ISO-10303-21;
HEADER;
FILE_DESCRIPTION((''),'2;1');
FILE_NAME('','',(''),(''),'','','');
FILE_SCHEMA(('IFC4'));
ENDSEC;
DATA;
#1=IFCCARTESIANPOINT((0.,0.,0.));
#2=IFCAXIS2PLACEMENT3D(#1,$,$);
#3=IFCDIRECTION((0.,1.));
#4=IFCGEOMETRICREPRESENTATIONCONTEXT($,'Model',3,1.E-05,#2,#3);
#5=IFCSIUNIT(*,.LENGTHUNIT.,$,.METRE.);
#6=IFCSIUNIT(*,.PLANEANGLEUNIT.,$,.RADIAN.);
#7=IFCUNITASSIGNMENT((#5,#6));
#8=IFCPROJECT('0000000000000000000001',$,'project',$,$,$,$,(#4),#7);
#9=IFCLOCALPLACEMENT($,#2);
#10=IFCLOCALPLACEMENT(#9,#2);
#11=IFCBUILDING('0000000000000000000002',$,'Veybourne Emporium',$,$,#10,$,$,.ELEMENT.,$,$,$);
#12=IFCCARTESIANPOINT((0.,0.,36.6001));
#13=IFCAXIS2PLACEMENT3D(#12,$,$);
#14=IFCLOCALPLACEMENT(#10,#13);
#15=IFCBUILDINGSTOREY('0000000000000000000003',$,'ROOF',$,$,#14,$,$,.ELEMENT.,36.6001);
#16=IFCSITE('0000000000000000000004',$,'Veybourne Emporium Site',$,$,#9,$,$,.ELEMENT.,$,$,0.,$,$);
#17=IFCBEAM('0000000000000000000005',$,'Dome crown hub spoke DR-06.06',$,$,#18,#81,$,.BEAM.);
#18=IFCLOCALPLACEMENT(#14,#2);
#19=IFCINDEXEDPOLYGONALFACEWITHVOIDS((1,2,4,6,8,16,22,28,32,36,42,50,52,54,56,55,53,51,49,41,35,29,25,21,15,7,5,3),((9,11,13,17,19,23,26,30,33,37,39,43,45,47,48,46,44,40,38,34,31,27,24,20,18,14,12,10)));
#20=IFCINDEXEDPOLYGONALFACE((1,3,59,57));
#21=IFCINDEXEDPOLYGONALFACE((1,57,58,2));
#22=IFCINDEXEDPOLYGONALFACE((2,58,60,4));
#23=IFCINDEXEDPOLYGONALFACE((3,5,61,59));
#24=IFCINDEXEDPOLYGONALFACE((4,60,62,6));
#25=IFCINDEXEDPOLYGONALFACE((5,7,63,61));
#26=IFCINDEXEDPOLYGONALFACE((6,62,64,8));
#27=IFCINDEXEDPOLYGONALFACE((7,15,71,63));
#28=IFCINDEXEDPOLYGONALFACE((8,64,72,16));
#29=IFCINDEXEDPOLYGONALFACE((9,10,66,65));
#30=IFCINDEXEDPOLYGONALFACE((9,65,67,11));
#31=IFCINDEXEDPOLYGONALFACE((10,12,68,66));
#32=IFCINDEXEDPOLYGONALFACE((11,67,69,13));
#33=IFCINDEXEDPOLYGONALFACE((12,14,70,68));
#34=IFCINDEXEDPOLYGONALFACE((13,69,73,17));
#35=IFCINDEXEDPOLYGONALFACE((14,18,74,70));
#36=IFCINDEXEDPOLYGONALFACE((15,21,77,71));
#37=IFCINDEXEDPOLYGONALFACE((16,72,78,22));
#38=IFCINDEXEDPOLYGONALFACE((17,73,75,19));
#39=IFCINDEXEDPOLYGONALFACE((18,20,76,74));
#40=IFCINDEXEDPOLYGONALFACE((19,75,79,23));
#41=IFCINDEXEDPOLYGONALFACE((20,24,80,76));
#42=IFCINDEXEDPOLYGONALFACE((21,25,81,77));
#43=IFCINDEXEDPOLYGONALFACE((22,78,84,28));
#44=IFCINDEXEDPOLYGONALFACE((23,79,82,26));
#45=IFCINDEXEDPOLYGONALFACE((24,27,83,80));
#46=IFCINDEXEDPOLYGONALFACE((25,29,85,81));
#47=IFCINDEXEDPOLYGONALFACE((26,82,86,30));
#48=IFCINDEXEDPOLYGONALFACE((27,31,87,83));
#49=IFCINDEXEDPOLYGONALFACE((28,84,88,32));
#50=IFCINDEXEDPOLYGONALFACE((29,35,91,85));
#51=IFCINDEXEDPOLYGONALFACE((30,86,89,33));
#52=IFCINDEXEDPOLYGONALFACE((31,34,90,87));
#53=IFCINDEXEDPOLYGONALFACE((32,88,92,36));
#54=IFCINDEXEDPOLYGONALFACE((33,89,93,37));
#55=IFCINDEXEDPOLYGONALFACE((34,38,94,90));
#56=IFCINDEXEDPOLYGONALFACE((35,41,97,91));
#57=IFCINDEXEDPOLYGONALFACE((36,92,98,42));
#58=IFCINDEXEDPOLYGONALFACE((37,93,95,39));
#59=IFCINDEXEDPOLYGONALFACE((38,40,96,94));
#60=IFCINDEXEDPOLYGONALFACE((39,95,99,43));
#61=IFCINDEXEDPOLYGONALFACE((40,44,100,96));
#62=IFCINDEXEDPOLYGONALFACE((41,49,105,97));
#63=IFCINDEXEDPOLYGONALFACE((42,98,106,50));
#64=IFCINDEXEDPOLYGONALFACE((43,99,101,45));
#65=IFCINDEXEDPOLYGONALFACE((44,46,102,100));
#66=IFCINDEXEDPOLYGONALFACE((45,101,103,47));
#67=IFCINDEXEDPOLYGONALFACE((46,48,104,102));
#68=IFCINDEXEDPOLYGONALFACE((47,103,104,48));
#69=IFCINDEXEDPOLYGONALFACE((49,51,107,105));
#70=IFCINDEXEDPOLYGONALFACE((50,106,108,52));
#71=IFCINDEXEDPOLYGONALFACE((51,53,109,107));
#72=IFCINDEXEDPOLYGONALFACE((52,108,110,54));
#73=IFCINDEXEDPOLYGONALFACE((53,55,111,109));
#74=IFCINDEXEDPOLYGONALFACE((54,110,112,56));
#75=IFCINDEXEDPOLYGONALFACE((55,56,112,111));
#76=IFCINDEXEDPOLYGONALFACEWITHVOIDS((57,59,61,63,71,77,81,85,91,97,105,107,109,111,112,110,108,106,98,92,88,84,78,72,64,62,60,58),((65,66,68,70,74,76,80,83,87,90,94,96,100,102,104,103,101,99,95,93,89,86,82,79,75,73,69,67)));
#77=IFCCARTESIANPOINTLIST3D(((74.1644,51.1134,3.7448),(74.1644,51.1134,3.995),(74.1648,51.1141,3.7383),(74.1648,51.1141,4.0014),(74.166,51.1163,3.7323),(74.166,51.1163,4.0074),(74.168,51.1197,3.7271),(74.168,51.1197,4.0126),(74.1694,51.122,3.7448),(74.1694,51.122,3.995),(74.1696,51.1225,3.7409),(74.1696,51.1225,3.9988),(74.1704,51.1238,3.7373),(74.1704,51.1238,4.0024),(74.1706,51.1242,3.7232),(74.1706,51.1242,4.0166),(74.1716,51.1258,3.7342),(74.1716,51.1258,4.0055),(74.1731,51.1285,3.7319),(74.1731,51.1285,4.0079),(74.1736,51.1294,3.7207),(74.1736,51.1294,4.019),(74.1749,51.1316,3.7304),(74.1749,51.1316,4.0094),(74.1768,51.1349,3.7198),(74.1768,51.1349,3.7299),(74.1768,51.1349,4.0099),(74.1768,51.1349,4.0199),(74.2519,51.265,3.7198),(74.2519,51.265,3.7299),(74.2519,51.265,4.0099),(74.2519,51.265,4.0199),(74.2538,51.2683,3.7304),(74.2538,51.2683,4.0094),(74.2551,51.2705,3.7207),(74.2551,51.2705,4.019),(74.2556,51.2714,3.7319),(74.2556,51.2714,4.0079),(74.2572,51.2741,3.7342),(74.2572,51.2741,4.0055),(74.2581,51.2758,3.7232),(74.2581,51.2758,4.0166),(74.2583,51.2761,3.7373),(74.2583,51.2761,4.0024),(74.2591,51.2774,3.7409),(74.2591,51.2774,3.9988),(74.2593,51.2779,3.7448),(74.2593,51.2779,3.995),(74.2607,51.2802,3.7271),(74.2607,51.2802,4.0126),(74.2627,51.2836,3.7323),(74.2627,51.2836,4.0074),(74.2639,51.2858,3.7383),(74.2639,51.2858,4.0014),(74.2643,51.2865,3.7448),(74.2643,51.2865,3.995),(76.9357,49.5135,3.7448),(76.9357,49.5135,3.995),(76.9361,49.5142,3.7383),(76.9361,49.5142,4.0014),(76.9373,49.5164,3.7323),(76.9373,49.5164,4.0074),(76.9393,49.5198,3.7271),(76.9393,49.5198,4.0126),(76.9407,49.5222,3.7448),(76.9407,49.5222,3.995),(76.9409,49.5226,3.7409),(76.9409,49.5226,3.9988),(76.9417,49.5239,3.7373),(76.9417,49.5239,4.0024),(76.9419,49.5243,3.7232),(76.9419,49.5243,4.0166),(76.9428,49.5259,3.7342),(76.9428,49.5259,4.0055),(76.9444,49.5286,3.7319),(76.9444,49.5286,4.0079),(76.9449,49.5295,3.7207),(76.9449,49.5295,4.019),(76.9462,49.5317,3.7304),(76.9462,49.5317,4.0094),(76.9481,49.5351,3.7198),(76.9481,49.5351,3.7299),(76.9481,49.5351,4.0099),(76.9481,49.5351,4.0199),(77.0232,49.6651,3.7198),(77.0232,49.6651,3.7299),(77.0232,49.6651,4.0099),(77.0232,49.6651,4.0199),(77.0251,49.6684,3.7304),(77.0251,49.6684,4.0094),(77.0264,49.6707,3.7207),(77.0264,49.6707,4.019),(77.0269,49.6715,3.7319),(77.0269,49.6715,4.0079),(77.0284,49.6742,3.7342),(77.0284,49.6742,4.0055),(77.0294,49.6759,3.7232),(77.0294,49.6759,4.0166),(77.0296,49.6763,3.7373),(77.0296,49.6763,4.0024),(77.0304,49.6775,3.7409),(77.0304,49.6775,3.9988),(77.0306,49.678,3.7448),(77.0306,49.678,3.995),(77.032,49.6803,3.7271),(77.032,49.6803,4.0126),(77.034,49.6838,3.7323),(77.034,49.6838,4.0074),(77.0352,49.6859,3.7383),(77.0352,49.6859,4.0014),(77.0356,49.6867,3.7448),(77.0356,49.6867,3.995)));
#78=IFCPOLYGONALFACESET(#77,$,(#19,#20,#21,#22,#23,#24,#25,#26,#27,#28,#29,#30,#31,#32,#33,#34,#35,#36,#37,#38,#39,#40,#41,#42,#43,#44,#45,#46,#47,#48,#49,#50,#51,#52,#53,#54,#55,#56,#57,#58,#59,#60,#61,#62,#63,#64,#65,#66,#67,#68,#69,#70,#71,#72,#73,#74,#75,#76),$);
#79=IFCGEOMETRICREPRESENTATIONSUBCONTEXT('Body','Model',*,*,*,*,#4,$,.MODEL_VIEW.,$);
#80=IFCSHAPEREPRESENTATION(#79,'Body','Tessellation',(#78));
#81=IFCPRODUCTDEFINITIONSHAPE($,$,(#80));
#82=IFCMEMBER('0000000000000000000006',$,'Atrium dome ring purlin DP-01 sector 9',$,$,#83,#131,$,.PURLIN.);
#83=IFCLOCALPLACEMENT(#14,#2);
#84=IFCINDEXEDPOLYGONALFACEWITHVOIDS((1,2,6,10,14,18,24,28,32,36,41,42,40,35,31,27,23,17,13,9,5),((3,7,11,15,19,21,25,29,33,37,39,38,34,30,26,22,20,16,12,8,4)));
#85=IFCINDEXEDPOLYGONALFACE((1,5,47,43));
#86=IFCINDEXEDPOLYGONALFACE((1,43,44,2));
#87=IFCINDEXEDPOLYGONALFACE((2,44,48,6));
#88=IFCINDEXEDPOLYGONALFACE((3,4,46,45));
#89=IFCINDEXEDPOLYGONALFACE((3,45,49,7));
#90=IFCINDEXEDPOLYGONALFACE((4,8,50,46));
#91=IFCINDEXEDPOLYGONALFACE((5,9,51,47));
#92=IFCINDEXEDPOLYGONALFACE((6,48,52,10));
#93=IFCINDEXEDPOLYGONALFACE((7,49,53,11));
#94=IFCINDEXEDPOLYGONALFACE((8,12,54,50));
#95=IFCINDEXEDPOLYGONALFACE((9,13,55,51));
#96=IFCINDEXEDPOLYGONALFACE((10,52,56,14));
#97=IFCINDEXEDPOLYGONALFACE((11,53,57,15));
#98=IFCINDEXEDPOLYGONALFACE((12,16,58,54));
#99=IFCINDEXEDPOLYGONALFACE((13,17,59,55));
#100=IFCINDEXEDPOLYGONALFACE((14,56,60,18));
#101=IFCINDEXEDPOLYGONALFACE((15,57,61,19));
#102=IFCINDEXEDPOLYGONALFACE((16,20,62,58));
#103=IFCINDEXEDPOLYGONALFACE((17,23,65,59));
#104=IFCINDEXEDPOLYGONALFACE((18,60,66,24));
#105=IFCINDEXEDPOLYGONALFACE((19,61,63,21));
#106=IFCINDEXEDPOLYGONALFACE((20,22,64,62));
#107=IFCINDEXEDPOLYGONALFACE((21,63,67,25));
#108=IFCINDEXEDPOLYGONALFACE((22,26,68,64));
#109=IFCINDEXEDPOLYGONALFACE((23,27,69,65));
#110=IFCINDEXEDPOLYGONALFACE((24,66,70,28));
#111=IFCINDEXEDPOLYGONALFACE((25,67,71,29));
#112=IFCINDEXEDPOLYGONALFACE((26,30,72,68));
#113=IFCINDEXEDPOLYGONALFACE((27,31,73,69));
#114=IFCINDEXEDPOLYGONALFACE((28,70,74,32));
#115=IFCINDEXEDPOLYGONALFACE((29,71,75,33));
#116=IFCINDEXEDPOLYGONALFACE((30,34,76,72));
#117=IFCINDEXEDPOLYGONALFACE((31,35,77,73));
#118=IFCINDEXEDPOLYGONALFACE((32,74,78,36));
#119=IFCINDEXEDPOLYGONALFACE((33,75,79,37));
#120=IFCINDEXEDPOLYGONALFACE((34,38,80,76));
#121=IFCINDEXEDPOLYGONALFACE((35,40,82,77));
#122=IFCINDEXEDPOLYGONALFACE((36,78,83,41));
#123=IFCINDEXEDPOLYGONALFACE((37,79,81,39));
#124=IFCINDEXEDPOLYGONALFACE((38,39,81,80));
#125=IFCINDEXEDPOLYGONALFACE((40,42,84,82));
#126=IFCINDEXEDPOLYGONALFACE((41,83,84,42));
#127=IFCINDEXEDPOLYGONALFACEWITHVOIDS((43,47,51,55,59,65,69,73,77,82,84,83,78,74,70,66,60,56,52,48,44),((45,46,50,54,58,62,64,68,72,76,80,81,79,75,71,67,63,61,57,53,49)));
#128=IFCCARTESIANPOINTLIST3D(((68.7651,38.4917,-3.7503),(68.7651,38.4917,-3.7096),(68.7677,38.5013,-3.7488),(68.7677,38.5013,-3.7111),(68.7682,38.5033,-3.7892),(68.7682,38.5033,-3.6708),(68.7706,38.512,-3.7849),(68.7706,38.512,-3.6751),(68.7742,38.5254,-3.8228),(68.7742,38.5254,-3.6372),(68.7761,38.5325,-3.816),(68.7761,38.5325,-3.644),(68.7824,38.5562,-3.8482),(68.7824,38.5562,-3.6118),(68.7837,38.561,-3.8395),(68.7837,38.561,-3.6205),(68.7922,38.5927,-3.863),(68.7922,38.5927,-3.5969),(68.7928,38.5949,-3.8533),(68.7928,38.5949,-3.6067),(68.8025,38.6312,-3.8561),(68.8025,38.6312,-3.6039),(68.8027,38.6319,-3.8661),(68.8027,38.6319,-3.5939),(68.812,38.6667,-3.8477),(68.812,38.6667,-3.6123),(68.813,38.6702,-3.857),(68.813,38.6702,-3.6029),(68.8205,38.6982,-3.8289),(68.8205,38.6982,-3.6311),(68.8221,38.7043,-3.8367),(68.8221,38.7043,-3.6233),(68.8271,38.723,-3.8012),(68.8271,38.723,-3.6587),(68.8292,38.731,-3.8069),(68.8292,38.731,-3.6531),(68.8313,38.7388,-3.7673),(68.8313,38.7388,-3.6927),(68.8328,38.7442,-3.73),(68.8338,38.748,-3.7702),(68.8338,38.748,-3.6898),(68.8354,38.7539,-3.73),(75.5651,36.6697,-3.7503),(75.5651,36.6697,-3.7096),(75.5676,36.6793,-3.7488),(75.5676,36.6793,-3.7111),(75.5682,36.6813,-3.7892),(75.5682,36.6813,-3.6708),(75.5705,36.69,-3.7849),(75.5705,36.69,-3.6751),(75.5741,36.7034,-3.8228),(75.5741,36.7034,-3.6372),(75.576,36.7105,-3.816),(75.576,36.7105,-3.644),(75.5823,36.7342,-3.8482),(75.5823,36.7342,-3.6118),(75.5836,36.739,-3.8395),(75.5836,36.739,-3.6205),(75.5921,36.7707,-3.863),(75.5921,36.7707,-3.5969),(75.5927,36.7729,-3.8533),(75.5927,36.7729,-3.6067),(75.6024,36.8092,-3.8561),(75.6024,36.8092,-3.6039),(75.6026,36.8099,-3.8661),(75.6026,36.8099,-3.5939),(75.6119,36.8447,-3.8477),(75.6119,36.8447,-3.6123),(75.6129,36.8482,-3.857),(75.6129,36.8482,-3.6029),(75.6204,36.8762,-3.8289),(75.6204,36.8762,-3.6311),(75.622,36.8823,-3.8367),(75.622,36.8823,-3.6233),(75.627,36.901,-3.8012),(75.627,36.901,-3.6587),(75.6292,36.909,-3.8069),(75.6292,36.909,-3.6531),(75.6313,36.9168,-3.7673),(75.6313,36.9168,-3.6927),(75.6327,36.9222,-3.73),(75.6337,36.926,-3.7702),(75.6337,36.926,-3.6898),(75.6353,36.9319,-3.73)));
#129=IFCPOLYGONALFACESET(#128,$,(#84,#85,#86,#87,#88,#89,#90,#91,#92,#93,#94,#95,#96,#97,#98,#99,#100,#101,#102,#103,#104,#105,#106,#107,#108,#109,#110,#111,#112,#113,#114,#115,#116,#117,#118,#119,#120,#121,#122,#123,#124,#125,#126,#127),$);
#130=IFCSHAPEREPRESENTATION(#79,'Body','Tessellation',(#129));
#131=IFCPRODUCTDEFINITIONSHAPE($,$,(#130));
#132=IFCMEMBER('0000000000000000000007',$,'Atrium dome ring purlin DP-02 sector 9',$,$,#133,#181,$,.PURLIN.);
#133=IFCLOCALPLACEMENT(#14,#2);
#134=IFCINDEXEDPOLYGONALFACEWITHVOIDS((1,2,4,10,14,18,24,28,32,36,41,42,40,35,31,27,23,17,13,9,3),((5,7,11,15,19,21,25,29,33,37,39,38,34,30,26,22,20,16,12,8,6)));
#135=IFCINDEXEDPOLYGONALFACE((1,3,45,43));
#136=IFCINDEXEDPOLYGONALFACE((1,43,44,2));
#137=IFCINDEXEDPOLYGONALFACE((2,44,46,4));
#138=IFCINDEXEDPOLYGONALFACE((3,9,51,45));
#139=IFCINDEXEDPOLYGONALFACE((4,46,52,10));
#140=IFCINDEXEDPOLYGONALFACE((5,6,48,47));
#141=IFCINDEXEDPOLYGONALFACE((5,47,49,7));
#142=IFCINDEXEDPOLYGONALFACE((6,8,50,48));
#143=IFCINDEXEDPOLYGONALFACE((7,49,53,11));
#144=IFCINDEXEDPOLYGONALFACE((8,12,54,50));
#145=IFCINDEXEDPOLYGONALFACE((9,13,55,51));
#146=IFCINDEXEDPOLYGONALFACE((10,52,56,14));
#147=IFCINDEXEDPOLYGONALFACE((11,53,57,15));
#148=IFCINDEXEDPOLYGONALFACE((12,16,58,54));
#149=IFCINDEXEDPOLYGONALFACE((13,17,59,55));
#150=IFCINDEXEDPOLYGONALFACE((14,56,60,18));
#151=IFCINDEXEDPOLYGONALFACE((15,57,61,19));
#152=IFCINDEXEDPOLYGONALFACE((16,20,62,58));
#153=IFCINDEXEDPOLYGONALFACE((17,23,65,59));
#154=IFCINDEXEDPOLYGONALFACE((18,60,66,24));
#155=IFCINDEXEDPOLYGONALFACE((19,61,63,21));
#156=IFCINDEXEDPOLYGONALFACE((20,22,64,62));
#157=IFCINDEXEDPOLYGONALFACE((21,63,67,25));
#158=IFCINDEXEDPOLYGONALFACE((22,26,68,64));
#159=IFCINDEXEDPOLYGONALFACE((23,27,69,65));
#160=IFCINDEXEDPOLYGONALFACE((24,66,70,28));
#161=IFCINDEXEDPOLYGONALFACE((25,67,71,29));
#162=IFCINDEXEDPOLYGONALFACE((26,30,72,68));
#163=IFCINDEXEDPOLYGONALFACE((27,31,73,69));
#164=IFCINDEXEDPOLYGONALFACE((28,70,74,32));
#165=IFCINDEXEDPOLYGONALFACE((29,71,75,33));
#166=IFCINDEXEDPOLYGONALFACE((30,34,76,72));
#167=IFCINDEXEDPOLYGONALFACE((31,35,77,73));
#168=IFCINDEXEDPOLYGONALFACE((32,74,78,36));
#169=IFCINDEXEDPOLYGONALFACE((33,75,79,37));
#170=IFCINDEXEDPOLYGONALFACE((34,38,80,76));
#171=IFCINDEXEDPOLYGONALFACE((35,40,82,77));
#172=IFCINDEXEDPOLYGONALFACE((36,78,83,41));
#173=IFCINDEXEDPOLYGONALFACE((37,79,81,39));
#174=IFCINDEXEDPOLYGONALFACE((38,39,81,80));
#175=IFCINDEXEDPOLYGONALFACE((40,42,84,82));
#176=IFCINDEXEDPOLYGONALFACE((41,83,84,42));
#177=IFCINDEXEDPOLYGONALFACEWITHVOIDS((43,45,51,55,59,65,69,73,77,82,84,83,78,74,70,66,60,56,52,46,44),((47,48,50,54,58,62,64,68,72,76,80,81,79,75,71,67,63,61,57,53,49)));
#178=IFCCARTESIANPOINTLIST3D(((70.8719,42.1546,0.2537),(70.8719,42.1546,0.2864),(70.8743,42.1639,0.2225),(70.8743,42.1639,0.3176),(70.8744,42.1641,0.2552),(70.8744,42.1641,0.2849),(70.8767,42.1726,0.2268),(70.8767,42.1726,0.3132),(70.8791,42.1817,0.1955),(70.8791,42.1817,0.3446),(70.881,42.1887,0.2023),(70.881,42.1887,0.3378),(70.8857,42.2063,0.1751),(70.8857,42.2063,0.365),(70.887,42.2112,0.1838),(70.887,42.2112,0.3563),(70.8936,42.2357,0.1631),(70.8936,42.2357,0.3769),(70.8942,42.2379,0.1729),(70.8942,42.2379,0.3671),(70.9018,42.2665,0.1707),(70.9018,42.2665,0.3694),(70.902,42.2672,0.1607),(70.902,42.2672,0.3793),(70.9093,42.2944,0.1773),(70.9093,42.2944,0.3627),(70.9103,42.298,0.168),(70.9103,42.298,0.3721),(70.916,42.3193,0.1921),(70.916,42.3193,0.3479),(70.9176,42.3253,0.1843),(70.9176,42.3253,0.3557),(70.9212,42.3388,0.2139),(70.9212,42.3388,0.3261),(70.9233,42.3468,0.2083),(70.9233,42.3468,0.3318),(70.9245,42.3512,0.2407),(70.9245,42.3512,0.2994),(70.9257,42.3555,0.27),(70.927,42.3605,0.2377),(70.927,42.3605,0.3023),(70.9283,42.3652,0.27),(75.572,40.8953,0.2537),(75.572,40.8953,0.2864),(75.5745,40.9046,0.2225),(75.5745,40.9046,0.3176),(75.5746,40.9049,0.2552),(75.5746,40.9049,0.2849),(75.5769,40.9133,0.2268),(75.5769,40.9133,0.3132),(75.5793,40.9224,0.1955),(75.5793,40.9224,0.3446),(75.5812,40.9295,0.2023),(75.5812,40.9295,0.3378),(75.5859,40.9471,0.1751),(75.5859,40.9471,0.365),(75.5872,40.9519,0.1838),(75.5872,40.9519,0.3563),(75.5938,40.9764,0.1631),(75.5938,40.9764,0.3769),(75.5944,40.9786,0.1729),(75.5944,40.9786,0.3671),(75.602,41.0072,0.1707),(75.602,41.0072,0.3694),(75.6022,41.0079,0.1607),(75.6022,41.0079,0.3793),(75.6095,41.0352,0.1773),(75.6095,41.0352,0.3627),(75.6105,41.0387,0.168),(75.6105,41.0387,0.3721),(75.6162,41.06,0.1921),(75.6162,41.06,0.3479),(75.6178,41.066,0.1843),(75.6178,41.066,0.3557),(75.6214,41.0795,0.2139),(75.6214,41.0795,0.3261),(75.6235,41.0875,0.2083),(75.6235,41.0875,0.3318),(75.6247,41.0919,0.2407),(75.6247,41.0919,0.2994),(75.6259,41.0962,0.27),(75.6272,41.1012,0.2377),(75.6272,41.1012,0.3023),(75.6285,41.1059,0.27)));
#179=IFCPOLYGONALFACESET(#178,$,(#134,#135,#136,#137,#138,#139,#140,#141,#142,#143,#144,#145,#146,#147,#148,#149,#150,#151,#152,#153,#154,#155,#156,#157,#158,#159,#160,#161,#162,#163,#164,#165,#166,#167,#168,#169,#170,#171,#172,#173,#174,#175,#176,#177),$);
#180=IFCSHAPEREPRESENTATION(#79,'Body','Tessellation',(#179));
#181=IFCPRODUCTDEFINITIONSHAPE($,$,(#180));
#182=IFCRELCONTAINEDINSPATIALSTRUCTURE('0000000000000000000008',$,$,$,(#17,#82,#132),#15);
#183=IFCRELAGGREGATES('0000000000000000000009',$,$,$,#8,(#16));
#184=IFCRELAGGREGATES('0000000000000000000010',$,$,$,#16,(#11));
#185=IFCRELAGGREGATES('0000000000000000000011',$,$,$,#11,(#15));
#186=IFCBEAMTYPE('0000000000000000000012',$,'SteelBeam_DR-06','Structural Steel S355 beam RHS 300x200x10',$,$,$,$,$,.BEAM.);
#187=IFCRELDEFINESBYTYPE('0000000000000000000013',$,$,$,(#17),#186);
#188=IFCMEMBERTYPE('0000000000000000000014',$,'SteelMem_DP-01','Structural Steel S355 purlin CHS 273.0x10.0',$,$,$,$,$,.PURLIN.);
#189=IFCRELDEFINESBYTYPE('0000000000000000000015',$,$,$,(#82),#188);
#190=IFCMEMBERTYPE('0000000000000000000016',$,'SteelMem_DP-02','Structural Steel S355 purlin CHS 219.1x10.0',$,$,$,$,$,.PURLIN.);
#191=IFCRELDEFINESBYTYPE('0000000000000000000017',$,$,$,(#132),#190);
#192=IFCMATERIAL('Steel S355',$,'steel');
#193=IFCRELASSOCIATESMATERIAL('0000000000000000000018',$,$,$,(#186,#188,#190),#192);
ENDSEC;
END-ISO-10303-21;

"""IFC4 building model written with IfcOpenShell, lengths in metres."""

from ifc_helpers import new_model, si_unit, direction, frame, origin, origin_2d, place, context, subcontext, project, spatial, hollow_rectangle, hollow_circle, extrude, material, material_profile, profile_set, type_object, element, save


model = new_model("IFC4")

# Units and contexts
model_context = context("Model", 3, precision=1e-05, world=origin(), true_north=direction((0.0, 1.0)))
body_context = subcontext(model_context, "Body", "Model", "MODEL_VIEW")
ifc_project = project(units=[si_unit("LENGTHUNIT", "METRE"), si_unit("PLANEANGLEUNIT", "RADIAN")], contexts=[model_context])

# Site, building, storey
site_placement = place(None, origin())
site = spatial("IfcSite", under=ifc_project, at=site_placement, Name="Veybourne Emporium Site", CompositionType="ELEMENT", RefElevation=0.0)
building_placement = place(site_placement, origin())
building = spatial("IfcBuilding", under=site, at=building_placement, Name="Veybourne Emporium", CompositionType="ELEMENT")
storey_placement = place(building_placement, frame((0.0, 0.0, 36.6001)))
storey = spatial("IfcBuildingStorey", under=building, at=storey_placement, Name="ROOF", CompositionType="ELEMENT", Elevation=36.6001)

# Beam
ifc_material_1 = material(Name="Steel S355", Category="steel")
ifc_material_profile_1 = material_profile(ifc_material_1, hollow_rectangle(XDim=0.2, YDim=0.3, WallThickness=0.01, InnerFilletRadius=0.0149, OuterFilletRadius=0.0249, at=origin_2d()), Name="RHS 300x200x10")
ifc_profile_set_1 = profile_set([ifc_material_profile_1], Name="Steel S355")
beam_type_1 = type_object("IfcBeamType", Name="SteelBeam_DR-06", Description="Structural Steel S355 beam RHS 300x200x10", PredefinedType="BEAM", material=ifc_profile_set_1)
beam_1_placement = place(storey_placement, frame((74.2144, 51.2, 3.8699), z_axis=(0.866042, -0.499971, 0.0), x_axis=(0.499971, 0.866042, 0.0)))
element("IfcBeam", 1, at=beam_1_placement, inside=storey, type_object=beam_type_1, Name="Dome crown hub spoke DR-06.06", PredefinedType="BEAM", context=body_context, shape_type="SweptSolid", body=[
    extrude(hollow_rectangle(XDim=0.2, YDim=0.3, WallThickness=0.01, InnerFilletRadius=0.0149, OuterFilletRadius=0.0249, at=origin_2d()), origin(), (0.0, 0.0, 1.0), 3.2),
])

# Members
ifc_material_profile_2 = material_profile(ifc_material_1, hollow_circle(Radius=0.1365, WallThickness=0.01, at=origin_2d()), Name="CHS 273.0x10.0")
ifc_profile_set_2 = profile_set([ifc_material_profile_2], Name="Steel S355")
member_type_1 = type_object("IfcMemberType", Name="SteelMem_DP-01", Description="Structural Steel S355 purlin CHS 273.0x10.0", PredefinedType="PURLIN", material=ifc_profile_set_2)
member_1_placement = place(storey_placement, frame((68.8, 38.6221, -3.73), z_axis=(0.965927, -0.258813, 0.0), x_axis=(0.258813, 0.965927, 0.0)))
element("IfcMember", 2, at=member_1_placement, inside=storey, type_object=member_type_1, Name="Atrium dome ring purlin DP-01 sector 9", PredefinedType="PURLIN", context=body_context, shape_type="SweptSolid", body=[
    extrude(hollow_circle(Radius=0.1365, WallThickness=0.01, at=origin_2d()), origin(), (0.0, 0.0, 1.0), 7.0398),
])
ifc_material_profile_3 = material_profile(ifc_material_1, hollow_circle(Radius=0.1096, WallThickness=0.01, at=origin_2d()), Name="CHS 219.1x10.0")
ifc_profile_set_3 = profile_set([ifc_material_profile_3], Name="Steel S355")
member_type_2 = type_object("IfcMemberType", Name="SteelMem_DP-02", Description="Structural Steel S355 purlin CHS 219.1x10.0", PredefinedType="PURLIN", material=ifc_profile_set_3)
member_2_placement = place(storey_placement, frame((70.8999, 42.2593, 0.27), z_axis=(0.965933, -0.258793, 0.0), x_axis=(0.258793, 0.965933, 0.0)))
element("IfcMember", 3, at=member_2_placement, inside=storey, type_object=member_type_2, Name="Atrium dome ring purlin DP-02 sector 9", PredefinedType="PURLIN", context=body_context, shape_type="SweptSolid", body=[
    extrude(hollow_circle(Radius=0.1096, WallThickness=0.01, at=origin_2d()), origin(), (0.0, 0.0, 1.0), 4.866),
])

save(model, "model.ifc")
